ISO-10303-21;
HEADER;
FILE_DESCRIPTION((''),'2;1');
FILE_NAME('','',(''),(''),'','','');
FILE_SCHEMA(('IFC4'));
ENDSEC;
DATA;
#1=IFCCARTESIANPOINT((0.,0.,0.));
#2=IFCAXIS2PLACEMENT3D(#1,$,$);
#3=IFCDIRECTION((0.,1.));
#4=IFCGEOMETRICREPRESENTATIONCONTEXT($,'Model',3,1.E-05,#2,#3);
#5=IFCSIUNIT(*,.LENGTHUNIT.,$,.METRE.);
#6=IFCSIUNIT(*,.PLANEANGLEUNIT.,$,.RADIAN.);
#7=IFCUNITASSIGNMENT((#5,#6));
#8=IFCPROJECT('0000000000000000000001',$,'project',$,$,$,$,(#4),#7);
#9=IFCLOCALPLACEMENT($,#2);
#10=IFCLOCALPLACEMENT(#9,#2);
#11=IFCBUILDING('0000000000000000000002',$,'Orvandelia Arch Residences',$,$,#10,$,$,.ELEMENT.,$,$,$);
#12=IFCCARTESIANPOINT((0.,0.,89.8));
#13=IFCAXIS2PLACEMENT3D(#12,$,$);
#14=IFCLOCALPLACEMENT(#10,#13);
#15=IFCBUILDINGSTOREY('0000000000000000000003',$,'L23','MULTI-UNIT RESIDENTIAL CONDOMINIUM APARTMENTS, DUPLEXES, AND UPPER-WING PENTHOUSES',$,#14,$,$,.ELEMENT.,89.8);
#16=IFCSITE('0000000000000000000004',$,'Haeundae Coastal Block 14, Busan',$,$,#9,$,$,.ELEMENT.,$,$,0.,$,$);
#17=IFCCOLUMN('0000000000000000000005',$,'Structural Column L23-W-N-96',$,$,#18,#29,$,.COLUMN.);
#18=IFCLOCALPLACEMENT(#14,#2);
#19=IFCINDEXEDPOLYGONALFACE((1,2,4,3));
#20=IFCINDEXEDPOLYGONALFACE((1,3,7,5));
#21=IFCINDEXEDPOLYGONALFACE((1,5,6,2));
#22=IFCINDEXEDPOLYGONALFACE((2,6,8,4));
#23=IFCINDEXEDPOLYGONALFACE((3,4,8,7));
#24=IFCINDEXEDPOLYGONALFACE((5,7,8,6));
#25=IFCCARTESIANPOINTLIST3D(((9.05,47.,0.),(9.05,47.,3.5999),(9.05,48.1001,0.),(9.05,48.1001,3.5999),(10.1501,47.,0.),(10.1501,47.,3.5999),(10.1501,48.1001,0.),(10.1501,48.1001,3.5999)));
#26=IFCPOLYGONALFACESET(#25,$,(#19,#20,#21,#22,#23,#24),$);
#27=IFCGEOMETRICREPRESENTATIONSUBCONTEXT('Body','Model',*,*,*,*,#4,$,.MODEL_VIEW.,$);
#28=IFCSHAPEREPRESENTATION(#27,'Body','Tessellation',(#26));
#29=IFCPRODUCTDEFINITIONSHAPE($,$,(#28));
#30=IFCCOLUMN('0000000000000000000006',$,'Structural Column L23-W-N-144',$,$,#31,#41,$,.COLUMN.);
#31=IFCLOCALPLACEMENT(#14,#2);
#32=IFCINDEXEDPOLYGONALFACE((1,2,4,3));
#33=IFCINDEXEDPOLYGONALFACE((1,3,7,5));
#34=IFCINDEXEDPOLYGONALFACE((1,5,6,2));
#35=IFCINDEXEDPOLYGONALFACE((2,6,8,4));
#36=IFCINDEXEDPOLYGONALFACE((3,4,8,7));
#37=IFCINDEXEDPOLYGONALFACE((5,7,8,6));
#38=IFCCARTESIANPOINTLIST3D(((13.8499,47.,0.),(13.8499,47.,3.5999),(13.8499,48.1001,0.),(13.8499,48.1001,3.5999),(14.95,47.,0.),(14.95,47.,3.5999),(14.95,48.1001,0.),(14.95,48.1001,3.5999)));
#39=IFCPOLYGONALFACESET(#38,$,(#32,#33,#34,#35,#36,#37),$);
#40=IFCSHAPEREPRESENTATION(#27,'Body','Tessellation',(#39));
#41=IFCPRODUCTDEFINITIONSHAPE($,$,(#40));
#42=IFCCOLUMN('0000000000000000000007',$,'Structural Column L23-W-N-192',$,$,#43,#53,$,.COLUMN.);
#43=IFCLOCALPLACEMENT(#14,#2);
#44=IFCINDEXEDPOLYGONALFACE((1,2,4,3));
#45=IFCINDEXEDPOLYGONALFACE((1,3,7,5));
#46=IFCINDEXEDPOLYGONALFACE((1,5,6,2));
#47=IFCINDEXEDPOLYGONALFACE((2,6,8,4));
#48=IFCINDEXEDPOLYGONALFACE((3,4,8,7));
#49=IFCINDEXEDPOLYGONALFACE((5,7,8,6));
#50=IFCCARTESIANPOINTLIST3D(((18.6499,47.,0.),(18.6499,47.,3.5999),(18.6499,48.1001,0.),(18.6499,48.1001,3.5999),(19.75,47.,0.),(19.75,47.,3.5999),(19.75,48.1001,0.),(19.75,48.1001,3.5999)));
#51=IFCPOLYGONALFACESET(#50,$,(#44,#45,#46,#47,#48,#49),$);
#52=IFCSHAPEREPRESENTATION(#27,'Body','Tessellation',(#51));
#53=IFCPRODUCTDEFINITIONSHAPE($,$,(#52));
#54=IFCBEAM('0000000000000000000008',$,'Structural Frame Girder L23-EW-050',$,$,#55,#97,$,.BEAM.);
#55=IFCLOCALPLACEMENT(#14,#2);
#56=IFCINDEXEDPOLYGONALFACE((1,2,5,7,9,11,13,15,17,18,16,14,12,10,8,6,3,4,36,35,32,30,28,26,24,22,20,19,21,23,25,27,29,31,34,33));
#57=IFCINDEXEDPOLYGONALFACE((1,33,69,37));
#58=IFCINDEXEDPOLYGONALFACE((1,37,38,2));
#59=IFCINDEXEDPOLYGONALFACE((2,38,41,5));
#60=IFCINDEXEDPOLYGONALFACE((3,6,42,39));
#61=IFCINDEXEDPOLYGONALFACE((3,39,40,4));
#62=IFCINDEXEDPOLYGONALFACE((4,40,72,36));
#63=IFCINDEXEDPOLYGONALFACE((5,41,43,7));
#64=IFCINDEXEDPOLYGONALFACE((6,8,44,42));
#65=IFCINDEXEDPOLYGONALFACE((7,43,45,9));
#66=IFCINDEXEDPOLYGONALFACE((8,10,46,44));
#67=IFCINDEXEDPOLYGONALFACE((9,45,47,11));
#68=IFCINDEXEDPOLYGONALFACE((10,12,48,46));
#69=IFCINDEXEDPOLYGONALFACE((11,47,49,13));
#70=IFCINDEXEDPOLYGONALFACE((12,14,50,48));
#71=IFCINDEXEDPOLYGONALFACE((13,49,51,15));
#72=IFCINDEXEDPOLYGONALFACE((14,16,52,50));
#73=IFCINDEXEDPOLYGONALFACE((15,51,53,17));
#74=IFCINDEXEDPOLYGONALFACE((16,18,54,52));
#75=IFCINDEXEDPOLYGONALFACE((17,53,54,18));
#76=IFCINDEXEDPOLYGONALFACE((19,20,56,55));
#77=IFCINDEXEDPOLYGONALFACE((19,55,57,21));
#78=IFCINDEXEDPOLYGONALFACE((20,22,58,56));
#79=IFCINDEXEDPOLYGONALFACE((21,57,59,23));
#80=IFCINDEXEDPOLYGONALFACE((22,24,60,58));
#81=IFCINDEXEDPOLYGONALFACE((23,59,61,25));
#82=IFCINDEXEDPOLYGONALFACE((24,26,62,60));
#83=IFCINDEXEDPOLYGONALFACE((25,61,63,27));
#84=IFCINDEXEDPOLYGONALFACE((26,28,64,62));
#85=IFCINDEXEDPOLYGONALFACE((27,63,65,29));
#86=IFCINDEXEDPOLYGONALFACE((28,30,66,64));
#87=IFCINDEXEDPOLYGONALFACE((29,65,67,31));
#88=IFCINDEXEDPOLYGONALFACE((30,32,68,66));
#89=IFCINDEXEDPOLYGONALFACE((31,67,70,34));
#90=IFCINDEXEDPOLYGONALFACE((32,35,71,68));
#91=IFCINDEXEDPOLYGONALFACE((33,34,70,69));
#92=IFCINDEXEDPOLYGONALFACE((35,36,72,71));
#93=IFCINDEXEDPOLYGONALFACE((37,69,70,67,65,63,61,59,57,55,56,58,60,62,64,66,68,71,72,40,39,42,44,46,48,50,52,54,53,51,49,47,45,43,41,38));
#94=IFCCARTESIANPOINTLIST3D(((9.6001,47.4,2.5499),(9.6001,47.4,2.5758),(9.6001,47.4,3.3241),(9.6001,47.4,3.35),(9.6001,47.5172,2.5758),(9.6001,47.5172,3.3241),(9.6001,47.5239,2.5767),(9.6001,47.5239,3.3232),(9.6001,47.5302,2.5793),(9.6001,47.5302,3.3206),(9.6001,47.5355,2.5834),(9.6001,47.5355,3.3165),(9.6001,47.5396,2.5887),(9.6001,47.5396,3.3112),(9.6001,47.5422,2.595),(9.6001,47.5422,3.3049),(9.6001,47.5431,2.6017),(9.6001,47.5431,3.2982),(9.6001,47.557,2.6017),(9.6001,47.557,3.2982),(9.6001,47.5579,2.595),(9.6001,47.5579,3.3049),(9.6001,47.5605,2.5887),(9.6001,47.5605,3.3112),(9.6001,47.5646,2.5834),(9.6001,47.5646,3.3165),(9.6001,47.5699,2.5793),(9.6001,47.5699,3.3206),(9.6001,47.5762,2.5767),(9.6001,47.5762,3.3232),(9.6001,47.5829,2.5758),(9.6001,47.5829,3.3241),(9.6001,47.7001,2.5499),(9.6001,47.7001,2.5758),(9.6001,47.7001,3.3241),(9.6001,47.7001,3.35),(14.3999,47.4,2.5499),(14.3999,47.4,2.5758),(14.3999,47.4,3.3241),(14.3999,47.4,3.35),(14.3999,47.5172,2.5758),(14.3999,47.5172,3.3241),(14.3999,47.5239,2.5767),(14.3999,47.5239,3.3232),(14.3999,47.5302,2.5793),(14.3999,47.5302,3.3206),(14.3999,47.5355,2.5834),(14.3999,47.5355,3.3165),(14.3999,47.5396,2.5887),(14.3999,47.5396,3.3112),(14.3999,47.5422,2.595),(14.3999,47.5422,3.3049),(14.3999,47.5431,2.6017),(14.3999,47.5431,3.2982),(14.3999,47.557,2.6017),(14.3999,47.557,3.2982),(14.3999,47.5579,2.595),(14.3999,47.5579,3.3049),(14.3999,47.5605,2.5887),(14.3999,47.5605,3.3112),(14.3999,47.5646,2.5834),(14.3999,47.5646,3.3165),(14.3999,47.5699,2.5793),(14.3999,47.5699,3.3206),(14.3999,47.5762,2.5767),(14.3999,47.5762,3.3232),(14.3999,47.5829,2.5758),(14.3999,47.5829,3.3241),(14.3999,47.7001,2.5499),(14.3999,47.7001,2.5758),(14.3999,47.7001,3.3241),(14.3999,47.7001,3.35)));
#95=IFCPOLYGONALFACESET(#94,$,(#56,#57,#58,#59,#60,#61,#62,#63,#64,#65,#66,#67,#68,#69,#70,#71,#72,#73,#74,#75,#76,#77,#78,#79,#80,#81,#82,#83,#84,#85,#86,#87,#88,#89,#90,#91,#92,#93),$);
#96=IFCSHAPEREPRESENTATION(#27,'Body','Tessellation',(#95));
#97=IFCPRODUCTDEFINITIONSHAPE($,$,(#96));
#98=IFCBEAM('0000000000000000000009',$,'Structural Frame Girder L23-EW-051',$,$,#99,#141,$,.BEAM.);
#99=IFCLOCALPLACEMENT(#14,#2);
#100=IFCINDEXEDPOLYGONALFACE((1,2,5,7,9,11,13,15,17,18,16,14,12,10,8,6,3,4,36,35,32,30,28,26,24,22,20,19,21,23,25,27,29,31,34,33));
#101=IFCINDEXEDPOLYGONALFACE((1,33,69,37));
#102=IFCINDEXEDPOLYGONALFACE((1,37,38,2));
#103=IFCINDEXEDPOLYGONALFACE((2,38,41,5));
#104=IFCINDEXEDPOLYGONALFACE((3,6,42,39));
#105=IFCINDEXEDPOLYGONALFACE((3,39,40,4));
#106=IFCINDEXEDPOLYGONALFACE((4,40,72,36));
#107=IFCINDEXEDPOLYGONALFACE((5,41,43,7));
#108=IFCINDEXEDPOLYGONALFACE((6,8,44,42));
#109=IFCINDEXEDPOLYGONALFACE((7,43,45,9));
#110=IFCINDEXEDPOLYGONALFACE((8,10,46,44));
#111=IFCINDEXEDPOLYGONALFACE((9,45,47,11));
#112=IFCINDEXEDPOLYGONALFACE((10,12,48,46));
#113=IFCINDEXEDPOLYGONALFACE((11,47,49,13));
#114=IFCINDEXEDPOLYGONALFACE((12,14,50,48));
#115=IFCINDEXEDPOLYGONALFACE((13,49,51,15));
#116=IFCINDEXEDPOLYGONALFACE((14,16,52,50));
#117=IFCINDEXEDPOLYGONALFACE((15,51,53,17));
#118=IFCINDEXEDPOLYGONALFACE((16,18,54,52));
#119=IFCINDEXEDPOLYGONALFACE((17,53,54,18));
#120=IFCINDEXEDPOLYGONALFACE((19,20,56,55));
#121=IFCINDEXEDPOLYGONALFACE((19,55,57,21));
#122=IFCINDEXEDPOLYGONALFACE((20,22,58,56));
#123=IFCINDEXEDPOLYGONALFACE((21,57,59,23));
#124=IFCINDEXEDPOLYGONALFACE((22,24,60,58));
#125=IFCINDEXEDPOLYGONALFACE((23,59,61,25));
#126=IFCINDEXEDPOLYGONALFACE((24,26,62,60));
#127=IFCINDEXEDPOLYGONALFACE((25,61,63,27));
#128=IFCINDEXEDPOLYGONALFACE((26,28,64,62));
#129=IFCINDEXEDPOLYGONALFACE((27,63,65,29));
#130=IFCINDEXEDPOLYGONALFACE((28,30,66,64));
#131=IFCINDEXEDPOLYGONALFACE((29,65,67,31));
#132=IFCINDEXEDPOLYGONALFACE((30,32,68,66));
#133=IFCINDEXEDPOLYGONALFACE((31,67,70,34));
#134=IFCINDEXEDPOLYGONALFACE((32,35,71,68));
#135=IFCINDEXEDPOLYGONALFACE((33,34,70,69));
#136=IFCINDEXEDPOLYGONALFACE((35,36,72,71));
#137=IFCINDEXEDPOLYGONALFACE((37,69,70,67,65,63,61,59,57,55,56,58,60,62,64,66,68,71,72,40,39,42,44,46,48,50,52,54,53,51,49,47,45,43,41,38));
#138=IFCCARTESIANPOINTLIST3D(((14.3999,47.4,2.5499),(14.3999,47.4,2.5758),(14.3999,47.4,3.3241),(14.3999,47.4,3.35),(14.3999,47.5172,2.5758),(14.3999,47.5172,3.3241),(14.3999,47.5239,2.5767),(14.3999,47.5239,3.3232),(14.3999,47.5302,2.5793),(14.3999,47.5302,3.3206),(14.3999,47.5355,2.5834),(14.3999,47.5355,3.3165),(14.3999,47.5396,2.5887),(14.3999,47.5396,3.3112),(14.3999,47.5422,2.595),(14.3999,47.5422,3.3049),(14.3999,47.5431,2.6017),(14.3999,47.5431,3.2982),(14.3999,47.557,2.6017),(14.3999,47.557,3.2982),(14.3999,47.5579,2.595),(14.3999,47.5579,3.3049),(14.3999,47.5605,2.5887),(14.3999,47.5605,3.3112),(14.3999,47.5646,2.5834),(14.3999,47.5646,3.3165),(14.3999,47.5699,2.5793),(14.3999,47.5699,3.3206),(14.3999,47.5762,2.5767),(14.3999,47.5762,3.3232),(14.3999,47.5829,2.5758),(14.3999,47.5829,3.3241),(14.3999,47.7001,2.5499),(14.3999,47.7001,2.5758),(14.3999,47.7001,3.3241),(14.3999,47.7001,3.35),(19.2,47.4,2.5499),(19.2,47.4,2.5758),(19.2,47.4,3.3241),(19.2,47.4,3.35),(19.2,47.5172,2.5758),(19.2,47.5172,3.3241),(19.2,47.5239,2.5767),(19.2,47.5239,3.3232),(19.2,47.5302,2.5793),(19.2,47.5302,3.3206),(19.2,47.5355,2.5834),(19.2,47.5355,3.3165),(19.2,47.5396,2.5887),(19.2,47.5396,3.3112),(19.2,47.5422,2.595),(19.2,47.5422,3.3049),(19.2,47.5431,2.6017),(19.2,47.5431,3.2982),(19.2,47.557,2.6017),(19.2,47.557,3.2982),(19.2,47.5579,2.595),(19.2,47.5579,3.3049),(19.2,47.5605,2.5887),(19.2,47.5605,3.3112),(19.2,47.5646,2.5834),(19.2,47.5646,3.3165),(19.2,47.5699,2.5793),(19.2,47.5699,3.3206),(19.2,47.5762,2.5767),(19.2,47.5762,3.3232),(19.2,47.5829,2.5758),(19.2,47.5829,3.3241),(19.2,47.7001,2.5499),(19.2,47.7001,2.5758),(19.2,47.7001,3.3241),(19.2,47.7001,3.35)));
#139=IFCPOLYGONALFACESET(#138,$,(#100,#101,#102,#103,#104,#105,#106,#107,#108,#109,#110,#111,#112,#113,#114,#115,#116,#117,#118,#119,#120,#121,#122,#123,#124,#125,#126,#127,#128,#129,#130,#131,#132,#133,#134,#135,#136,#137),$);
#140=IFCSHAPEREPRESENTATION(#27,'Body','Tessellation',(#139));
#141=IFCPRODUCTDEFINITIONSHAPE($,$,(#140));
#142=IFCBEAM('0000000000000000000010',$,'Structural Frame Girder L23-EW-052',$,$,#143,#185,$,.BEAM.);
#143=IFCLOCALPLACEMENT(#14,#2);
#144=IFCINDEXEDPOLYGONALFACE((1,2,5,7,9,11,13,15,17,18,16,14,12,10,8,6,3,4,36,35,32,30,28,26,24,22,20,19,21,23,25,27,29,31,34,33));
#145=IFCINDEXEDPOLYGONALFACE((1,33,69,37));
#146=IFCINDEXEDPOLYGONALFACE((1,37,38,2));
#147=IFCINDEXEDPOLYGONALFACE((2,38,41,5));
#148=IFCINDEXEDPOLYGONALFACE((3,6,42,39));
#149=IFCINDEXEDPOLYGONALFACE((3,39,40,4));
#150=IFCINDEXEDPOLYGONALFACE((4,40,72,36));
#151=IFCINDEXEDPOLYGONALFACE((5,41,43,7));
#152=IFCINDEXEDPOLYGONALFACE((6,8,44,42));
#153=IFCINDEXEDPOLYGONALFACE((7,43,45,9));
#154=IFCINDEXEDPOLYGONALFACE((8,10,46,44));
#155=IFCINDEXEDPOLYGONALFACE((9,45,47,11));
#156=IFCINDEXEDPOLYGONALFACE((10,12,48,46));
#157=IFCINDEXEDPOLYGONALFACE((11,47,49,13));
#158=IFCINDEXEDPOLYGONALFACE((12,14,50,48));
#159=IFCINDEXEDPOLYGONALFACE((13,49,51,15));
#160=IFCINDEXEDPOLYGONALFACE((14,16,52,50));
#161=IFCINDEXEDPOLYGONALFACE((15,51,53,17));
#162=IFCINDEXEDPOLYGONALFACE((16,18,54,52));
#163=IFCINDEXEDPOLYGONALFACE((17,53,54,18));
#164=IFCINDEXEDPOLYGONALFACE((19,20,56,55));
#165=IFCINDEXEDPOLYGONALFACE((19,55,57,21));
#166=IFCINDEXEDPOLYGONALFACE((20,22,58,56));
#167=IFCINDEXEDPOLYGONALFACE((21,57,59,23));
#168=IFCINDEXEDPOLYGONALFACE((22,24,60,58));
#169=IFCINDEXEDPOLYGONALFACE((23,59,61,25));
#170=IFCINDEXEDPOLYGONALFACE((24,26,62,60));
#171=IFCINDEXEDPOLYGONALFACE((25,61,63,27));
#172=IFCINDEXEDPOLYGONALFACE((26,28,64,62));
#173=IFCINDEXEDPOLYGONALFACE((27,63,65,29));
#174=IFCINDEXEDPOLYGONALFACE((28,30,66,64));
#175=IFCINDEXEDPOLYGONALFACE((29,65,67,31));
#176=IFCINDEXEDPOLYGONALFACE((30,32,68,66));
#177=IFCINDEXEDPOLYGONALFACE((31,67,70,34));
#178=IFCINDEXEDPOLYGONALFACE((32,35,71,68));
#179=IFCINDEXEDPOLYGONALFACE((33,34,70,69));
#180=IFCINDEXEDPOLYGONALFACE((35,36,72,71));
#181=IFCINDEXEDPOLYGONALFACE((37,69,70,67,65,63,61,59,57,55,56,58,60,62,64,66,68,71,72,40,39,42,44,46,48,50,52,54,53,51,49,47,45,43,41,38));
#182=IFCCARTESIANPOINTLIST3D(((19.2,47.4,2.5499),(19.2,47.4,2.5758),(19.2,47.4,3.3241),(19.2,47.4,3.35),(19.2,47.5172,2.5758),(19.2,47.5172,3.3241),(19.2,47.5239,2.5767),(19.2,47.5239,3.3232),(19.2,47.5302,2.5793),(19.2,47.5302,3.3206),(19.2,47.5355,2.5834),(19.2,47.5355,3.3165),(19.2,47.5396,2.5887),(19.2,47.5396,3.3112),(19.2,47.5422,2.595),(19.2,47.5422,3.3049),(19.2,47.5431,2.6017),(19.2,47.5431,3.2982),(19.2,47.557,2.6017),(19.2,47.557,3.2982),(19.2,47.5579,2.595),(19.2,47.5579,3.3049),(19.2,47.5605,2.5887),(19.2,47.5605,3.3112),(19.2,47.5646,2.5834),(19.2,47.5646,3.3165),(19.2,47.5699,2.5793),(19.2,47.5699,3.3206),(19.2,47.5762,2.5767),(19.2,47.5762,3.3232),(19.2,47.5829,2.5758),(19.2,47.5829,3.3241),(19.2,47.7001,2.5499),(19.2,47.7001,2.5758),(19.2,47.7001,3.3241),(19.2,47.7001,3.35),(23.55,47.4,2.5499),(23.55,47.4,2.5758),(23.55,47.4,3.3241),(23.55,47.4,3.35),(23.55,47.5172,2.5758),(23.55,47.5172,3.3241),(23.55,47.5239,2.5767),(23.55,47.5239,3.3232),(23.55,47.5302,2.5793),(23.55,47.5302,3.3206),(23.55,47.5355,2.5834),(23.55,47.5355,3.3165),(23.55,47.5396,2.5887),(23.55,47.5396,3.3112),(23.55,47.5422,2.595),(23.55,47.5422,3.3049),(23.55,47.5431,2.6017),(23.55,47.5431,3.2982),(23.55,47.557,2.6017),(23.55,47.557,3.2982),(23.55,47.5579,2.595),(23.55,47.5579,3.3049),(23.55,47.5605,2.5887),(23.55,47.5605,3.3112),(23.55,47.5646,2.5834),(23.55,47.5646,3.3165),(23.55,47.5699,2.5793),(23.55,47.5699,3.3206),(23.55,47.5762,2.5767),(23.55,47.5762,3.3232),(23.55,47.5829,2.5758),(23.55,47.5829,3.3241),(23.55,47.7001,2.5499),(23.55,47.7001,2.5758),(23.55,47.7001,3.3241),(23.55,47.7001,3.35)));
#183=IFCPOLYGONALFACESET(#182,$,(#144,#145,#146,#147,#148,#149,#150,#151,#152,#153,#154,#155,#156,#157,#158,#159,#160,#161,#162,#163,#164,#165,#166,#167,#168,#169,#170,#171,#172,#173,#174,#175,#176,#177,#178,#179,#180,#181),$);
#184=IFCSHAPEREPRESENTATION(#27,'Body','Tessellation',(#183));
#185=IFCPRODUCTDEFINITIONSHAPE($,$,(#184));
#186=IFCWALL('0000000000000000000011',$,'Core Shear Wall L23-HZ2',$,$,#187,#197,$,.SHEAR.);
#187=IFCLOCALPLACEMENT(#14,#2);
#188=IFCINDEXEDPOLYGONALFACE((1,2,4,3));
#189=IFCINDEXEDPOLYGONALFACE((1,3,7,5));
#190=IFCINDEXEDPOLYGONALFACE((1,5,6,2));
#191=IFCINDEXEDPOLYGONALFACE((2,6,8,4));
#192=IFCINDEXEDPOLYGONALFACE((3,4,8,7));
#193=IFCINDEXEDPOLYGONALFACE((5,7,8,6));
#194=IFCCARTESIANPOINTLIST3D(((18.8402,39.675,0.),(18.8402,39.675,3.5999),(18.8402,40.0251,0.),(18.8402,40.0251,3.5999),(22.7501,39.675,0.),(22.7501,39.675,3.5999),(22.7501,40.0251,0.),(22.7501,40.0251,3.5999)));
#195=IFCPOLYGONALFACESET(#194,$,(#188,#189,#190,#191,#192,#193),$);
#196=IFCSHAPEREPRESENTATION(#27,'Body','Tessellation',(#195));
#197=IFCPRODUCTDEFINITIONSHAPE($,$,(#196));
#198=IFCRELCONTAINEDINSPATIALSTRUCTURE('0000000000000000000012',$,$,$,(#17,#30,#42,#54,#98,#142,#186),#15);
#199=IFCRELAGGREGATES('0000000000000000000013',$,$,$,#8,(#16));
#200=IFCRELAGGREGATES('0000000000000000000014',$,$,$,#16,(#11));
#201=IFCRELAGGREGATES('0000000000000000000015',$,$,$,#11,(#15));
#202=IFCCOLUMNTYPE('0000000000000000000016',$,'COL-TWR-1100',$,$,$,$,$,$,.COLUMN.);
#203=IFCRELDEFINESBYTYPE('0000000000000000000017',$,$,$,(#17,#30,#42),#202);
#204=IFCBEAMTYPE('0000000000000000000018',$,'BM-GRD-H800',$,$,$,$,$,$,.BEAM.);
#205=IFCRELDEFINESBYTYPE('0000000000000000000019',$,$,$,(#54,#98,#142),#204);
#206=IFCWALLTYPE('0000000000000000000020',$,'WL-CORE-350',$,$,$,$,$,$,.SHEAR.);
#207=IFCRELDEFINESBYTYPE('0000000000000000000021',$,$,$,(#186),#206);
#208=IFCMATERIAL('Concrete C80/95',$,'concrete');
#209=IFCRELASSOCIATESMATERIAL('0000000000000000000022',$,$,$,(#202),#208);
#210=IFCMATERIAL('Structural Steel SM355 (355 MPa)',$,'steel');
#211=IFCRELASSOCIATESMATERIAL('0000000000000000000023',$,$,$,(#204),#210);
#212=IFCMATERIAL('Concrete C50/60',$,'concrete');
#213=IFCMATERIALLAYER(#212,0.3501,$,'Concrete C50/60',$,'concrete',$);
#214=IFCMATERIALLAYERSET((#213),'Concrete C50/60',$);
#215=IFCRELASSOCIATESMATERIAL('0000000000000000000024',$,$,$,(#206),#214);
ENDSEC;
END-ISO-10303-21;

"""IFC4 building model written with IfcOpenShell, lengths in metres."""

from ifc_helpers import new_model, si_unit, direction, frame, frame_2d, origin, origin_2d, place, context, subcontext, project, spatial, rectangle, i_section, extrude, material, layer, layer_set, material_profile, profile_set, type_object, element, save


model = new_model("IFC4")

# Units and contexts
model_context = context("Model", 3, precision=1e-05, world=origin(), true_north=direction((0.0, 1.0)))
body_context = subcontext(model_context, "Body", "Model", "MODEL_VIEW")
ifc_project = project(units=[si_unit("LENGTHUNIT", "METRE"), si_unit("PLANEANGLEUNIT", "RADIAN")], contexts=[model_context])

# Site, building, storey
site_placement = place(None, origin())
site = spatial("IfcSite", under=ifc_project, at=site_placement, Name="Haeundae Coastal Block 14, Busan", CompositionType="ELEMENT", RefElevation=0.0)
building_placement = place(site_placement, origin())
building = spatial("IfcBuilding", under=site, at=building_placement, Name="Orvandelia Arch Residences", CompositionType="ELEMENT")
storey_placement = place(building_placement, frame((0.0, 0.0, 89.8)))
storey = spatial("IfcBuildingStorey", under=building, at=storey_placement, Name="L23", Description="MULTI-UNIT RESIDENTIAL CONDOMINIUM APARTMENTS, DUPLEXES, AND UPPER-WING PENTHOUSES", CompositionType="ELEMENT", Elevation=89.8)

# Columns
ifc_material_1 = material(Name="Concrete C80/95", Category="concrete")
ifc_material_profile_1 = material_profile(ifc_material_1, rectangle(XDim=1.1001, YDim=1.1001, at=origin_2d()), Name="Concrete C80/95", Category="concrete")
ifc_profile_set_1 = profile_set([ifc_material_profile_1], Name="Concrete C80/95")
column_type = type_object("IfcColumnType", Name="COL-TWR-1100", PredefinedType="COLUMN", material=ifc_profile_set_1)
for number, where, z_axis, x_axis, name in (
    (1, (9.6001, 47.55, 0.0), (0.0, 0.0, 1.0), (1.0, 0.0, 0.0), "Structural Column L23-W-N-96"),
    (2, (14.3999, 47.55, 0.0), (0.0, 0.0, 1.0), (1.0, 0.0, 0.0), "Structural Column L23-W-N-144"),
    (3, (19.2, 47.55, 0.0), (0.0, 0.0, 1.0), (1.0, 0.0, 0.0), "Structural Column L23-W-N-192"),
):
    element("IfcColumn", number, at=place(storey_placement, frame(where, z_axis=z_axis, x_axis=x_axis)), inside=storey, type_object=column_type, Name=name, PredefinedType="COLUMN", context=body_context, shape_type="SweptSolid", body=[
        extrude(rectangle(XDim=1.1001, YDim=1.1001, at=origin_2d()), origin(), (0.0, 0.0, 1.0), 3.5999),
    ])

# Beams
ifc_material_2 = material(Name="Structural Steel SM355 (355 MPa)", Category="steel")
ifc_material_profile_2 = material_profile(ifc_material_2, i_section(OverallWidth=0.3, OverallDepth=0.8, WebThickness=0.0139, FlangeThickness=0.0259, FilletRadius=0.0259, at=origin_2d()), Name="Structural Steel SM355 (355 MPa)", Category="steel")
ifc_profile_set_2 = profile_set([ifc_material_profile_2], Name="Structural Steel SM355 (355 MPa)")
beam_type = type_object("IfcBeamType", Name="BM-GRD-H800", PredefinedType="BEAM", material=ifc_profile_set_2)
beam_1_placement = place(storey_placement, frame((9.6001, 47.55, 2.95), z_axis=(1.0, 0.0, 0.0), x_axis=(0.0, 1.0, 0.0)))
element("IfcBeam", 4, at=beam_1_placement, inside=storey, type_object=beam_type, Name="Structural Frame Girder L23-EW-050", PredefinedType="BEAM", context=body_context, shape_type="SweptSolid", body=[
    extrude(i_section(OverallWidth=0.3, OverallDepth=0.8, WebThickness=0.0139, FlangeThickness=0.0259, FilletRadius=0.0259, at=origin_2d()), origin(), (0.0, 0.0, 1.0), 4.7998),
])
beam_2_placement = place(storey_placement, frame((14.3999, 47.55, 2.95), z_axis=(1.0, 0.0, 0.0), x_axis=(0.0, 1.0, 0.0)))
element("IfcBeam", 5, at=beam_2_placement, inside=storey, type_object=beam_type, Name="Structural Frame Girder L23-EW-051", PredefinedType="BEAM", context=body_context, shape_type="SweptSolid", body=[
    extrude(i_section(OverallWidth=0.3, OverallDepth=0.8, WebThickness=0.0139, FlangeThickness=0.0259, FilletRadius=0.0259, at=origin_2d()), origin(), (0.0, 0.0, 1.0), 4.8),
])
beam_3_placement = place(storey_placement, frame((19.2, 47.55, 2.95), z_axis=(1.0, 0.0, 0.0), x_axis=(0.0, 1.0, 0.0)))
element("IfcBeam", 6, at=beam_3_placement, inside=storey, type_object=beam_type, Name="Structural Frame Girder L23-EW-052", PredefinedType="BEAM", context=body_context, shape_type="SweptSolid", body=[
    extrude(i_section(OverallWidth=0.3, OverallDepth=0.8, WebThickness=0.0139, FlangeThickness=0.0259, FilletRadius=0.0259, at=origin_2d()), origin(), (0.0, 0.0, 1.0), 4.3501),
])

# Wall
ifc_material_3 = material(Name="Concrete C50/60", Category="concrete")
ifc_layer_1 = layer(ifc_material_3, 0.3501, Name="Concrete C50/60", Category="concrete")
ifc_layer_set_1 = layer_set([ifc_layer_1], Name="Concrete C50/60")
wall_type_1 = type_object("IfcWallType", Name="WL-CORE-350", PredefinedType="SHEAR", material=ifc_layer_set_1)
wall_1_placement = place(storey_placement, frame((18.8401, 39.8501, 0.0), z_axis=(0.0, 0.0, 1.0), x_axis=(1.0, 0.0, 0.0)))
element("IfcWall", 7, at=wall_1_placement, inside=storey, type_object=wall_type_1, Name="Core Shear Wall L23-HZ2", PredefinedType="SHEAR", context=body_context, shape_type="SweptSolid", body=[
    extrude(rectangle(XDim=3.9099, YDim=0.3501, at=frame_2d((1.9551, 0.0))), origin(), (0.0, 0.0, 1.0), 3.5999),
])

save(model, "model.ifc")
